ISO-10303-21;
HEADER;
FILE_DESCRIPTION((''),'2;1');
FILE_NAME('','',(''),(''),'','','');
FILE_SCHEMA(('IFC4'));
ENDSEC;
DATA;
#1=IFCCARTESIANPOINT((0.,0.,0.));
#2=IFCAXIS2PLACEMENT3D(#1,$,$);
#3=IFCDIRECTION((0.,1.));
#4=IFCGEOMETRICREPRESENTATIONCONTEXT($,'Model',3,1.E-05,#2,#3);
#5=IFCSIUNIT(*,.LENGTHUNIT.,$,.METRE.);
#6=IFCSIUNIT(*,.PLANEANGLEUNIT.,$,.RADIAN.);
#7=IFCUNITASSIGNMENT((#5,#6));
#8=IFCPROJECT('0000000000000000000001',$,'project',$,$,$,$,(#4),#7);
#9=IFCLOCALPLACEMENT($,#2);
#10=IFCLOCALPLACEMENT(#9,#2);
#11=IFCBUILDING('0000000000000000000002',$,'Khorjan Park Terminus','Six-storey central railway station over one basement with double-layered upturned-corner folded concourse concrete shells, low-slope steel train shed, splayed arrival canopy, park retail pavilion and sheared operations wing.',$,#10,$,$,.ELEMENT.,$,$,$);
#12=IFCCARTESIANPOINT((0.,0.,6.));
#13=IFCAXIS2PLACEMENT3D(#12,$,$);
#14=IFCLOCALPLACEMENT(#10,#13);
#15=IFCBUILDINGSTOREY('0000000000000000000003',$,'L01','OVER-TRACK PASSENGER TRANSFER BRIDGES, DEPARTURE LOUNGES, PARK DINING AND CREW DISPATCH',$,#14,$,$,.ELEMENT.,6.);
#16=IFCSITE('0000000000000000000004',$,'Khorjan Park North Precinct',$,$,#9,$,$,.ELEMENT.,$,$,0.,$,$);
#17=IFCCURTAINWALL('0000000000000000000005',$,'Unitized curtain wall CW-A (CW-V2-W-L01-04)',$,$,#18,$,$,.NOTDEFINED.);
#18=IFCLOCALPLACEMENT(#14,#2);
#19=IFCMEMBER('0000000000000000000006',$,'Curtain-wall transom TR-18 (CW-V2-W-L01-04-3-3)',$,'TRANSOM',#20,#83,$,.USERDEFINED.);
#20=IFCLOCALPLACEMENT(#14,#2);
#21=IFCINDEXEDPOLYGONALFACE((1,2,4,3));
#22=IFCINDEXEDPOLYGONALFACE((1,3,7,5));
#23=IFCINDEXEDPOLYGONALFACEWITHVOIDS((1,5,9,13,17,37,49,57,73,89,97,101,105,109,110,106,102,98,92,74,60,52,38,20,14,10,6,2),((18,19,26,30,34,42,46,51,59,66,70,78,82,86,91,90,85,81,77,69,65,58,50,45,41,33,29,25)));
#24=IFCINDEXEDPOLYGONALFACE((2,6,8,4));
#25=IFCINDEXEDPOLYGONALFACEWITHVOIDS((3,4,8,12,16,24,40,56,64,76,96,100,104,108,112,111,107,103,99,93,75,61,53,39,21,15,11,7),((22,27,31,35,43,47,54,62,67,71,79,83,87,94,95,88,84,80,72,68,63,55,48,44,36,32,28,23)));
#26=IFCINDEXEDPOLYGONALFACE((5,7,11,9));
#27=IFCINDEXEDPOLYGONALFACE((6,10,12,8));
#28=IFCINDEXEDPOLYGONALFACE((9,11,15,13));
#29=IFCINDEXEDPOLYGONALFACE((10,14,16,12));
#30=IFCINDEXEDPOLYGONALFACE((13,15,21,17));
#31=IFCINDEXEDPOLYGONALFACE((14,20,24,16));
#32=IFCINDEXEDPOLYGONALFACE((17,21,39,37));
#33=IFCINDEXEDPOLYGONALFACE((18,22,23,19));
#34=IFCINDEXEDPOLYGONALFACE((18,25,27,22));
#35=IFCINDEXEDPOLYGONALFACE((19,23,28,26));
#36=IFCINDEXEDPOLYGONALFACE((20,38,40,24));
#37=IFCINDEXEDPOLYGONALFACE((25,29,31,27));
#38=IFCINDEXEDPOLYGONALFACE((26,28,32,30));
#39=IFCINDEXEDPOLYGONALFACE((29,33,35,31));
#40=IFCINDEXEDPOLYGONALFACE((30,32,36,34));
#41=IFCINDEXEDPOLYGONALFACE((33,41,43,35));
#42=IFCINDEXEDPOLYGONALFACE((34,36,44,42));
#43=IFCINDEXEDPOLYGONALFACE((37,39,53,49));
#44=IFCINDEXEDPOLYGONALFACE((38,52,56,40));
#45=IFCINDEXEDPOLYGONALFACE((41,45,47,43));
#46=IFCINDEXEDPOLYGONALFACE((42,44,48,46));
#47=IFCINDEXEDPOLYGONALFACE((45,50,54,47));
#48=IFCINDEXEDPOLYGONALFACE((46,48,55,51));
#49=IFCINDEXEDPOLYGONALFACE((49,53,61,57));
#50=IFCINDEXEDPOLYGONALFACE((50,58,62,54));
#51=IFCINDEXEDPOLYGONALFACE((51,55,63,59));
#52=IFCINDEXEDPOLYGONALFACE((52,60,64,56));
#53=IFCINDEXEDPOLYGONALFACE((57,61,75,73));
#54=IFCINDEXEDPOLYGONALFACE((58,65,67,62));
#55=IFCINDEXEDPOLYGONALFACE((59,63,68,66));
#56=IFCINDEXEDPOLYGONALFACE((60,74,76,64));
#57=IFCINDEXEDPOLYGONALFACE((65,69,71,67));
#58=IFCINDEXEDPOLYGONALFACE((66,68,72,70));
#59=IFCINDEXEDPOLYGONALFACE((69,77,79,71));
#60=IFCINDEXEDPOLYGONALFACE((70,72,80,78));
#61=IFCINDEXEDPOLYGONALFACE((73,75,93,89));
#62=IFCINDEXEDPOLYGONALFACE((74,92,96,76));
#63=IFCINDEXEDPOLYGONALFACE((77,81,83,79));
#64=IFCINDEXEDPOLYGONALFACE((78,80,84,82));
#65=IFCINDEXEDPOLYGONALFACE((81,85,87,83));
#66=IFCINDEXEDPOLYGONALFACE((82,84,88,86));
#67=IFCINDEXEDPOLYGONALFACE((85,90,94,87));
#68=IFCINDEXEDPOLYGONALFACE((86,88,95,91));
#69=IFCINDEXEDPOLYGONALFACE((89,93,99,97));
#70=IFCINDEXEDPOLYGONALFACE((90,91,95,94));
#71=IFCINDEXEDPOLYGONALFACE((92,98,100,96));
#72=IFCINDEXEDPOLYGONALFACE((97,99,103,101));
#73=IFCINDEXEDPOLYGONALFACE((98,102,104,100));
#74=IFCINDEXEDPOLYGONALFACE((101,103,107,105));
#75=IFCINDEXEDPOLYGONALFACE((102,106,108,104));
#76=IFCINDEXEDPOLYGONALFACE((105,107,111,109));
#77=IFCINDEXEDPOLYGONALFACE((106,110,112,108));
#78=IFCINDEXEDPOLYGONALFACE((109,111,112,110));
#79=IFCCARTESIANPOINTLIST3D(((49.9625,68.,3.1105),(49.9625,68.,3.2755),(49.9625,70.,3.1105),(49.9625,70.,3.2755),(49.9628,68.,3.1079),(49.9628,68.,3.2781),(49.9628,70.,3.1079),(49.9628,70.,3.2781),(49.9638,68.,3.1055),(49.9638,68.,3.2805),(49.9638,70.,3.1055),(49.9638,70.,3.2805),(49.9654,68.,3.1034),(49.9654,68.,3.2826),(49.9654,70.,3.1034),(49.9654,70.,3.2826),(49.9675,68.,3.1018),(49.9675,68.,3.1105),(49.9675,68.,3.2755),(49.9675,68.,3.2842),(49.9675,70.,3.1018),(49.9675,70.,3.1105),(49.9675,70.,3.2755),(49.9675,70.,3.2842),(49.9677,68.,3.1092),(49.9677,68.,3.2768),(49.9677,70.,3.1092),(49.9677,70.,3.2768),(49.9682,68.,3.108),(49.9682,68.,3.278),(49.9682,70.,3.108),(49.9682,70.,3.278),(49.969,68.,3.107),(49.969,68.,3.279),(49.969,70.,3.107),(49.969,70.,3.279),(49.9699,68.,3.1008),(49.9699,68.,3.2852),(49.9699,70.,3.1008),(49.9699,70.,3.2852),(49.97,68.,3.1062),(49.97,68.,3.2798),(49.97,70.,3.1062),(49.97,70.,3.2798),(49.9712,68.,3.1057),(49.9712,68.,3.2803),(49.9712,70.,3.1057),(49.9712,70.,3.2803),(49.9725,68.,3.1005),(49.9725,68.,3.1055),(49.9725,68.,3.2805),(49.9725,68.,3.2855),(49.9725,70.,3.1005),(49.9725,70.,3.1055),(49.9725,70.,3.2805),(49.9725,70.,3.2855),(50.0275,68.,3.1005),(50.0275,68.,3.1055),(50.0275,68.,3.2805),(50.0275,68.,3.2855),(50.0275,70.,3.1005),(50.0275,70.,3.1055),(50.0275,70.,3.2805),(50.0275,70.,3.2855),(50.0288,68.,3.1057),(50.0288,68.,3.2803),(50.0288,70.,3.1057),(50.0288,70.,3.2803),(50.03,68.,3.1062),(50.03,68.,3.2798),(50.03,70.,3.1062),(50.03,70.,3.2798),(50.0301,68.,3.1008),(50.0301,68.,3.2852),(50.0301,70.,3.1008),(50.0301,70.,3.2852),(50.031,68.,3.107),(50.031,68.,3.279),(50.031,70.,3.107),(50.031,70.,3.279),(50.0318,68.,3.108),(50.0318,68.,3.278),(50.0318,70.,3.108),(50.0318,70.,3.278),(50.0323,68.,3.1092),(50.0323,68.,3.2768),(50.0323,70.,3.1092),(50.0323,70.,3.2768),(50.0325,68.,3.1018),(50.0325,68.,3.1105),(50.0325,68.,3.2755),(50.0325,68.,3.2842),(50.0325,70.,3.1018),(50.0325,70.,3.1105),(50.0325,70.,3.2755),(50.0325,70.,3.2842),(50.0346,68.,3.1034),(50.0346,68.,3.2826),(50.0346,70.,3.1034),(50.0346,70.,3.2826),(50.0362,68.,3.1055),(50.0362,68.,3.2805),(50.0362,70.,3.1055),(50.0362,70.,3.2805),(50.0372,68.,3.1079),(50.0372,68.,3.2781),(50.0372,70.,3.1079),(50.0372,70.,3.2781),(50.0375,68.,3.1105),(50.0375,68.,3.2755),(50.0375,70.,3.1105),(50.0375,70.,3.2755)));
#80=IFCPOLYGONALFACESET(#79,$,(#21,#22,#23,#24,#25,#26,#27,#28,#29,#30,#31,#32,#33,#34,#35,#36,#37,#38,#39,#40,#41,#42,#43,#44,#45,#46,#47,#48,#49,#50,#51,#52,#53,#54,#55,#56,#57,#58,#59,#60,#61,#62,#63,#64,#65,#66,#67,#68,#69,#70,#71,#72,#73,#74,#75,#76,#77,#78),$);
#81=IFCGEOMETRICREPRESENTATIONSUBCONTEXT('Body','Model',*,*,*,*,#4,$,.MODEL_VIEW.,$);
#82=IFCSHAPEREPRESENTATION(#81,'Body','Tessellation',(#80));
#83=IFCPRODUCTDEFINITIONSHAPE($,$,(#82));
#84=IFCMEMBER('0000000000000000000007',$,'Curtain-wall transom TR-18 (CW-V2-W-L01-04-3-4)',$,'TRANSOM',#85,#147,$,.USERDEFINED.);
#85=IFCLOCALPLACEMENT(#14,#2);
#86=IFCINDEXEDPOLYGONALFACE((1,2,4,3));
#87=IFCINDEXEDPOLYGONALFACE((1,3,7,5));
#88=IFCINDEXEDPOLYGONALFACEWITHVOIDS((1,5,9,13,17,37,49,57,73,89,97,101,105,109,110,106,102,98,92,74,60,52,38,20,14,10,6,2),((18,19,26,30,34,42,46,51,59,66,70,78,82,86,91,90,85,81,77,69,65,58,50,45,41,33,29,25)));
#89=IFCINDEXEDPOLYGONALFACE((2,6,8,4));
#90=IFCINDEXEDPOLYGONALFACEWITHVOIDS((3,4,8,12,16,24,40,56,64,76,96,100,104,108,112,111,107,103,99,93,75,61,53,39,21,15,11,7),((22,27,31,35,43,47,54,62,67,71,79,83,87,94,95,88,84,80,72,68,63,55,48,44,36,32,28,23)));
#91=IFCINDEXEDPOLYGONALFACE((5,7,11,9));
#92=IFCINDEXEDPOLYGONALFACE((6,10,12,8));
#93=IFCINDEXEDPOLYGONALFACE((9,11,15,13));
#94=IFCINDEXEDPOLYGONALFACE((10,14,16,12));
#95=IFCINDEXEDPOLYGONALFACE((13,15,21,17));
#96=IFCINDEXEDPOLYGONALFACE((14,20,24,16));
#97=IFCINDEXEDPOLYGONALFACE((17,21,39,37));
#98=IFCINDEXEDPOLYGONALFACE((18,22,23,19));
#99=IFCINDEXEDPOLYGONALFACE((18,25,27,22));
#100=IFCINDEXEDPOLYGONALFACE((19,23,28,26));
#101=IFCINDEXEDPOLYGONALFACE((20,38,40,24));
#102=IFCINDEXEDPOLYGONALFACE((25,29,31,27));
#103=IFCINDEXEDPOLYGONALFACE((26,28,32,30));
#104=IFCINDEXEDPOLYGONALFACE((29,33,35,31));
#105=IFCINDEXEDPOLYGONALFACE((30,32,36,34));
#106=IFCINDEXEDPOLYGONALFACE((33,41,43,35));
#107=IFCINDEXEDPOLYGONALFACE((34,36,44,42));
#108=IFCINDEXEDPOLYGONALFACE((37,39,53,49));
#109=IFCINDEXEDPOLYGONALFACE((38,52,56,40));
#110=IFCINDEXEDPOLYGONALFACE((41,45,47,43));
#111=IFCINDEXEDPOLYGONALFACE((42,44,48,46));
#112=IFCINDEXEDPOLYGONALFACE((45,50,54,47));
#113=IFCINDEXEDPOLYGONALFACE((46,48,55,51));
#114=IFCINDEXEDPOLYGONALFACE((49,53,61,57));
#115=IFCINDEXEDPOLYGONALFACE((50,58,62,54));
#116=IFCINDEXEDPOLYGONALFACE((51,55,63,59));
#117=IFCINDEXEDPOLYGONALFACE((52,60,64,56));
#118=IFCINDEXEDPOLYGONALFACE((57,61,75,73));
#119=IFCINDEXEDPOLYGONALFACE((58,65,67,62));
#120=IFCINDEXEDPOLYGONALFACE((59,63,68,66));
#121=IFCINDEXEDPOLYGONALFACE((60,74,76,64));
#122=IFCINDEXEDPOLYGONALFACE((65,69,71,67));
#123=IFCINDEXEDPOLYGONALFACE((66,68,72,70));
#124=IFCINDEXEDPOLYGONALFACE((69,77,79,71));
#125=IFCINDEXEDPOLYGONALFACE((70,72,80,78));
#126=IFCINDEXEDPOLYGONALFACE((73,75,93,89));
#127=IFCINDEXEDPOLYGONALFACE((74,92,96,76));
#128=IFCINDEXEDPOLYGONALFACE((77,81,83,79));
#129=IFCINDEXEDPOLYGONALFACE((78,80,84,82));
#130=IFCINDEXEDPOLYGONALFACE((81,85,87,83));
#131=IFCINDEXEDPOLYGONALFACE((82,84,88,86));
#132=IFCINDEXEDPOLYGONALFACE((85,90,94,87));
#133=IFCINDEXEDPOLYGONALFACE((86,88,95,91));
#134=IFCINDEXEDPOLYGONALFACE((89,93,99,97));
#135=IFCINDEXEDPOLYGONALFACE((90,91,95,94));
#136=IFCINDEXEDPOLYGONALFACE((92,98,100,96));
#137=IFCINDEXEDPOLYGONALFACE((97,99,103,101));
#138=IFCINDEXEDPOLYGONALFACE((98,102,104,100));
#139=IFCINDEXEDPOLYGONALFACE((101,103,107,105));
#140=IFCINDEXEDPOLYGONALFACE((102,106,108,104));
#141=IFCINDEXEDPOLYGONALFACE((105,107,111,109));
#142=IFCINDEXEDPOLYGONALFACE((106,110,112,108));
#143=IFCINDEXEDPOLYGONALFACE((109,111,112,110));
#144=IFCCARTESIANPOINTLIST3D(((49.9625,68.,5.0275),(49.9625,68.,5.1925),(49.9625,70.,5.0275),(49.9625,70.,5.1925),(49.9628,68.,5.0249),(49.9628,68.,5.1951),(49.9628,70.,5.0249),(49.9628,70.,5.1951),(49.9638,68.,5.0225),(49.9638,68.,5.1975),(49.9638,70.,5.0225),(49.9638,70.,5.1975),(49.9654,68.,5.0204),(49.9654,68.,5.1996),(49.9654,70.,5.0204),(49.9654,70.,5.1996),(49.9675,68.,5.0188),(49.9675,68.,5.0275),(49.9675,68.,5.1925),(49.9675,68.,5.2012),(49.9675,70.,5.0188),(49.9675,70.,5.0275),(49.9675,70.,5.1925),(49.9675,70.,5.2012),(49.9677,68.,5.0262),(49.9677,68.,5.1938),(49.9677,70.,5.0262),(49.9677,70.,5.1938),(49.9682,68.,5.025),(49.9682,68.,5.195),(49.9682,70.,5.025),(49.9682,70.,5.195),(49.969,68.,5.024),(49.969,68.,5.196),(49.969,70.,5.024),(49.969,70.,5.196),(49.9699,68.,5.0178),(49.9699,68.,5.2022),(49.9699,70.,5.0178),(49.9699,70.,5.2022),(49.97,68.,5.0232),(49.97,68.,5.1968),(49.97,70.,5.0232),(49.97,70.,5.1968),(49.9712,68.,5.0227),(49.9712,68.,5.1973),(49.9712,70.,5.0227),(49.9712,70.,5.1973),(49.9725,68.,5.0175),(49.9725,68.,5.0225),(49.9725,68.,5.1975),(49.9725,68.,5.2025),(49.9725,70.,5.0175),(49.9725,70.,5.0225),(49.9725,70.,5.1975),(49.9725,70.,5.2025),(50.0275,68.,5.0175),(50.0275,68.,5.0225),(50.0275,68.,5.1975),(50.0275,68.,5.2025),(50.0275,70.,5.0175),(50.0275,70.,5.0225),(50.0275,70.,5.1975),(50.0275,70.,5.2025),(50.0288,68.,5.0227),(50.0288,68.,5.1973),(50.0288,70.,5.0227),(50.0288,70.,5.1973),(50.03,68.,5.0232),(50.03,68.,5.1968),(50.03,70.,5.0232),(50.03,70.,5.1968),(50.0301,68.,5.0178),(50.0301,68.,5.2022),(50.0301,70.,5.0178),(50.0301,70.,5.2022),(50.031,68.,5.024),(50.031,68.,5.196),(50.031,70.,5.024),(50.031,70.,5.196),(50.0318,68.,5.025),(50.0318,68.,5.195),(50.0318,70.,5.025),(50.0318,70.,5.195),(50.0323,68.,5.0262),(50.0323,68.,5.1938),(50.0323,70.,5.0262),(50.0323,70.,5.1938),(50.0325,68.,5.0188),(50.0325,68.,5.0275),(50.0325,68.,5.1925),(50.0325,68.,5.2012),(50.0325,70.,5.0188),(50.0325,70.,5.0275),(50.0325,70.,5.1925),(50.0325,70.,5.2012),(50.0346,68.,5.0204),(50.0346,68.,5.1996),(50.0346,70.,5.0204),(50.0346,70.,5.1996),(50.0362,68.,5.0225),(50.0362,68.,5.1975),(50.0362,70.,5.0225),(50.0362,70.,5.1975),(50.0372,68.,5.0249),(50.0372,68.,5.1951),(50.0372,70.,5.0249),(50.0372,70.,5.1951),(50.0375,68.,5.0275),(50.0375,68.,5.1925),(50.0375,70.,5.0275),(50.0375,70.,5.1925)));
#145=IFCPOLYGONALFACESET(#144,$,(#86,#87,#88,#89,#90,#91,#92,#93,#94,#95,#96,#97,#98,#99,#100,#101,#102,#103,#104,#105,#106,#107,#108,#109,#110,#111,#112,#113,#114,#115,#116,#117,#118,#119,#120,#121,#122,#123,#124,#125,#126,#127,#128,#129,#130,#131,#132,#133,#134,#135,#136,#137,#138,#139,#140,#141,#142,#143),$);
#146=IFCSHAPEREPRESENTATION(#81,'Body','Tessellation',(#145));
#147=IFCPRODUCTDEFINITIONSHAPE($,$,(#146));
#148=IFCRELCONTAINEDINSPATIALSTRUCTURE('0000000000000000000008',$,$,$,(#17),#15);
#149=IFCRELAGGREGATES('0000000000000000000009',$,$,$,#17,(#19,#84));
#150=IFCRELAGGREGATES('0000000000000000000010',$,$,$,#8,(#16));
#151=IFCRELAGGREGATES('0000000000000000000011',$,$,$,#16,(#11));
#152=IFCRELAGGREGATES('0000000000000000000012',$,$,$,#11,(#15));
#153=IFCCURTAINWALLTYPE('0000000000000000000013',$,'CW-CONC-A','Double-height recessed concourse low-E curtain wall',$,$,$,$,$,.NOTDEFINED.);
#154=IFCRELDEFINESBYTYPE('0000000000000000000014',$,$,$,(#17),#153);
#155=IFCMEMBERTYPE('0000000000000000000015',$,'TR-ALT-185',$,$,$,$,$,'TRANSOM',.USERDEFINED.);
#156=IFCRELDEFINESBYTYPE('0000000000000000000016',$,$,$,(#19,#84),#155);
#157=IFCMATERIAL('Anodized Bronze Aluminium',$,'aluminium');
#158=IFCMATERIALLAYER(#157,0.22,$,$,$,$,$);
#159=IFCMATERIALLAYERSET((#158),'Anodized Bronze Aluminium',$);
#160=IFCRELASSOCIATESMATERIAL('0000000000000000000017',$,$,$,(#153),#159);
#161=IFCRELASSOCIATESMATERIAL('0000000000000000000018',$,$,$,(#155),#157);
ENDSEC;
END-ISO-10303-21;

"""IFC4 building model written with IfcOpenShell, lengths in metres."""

from ifc_helpers import new_model, si_unit, direction, frame, origin, origin_2d, place, context, subcontext, project, spatial, hollow_rectangle, extrude, material, layer, layer_set, material_profile, profile_set, type_object, element, aggregate, save


model = new_model("IFC4")

# Units and contexts
model_context = context("Model", 3, precision=1e-05, world=origin(), true_north=direction((0.0, 1.0)))
body_context = subcontext(model_context, "Body", "Model", "MODEL_VIEW")
ifc_project = project(units=[si_unit("LENGTHUNIT", "METRE"), si_unit("PLANEANGLEUNIT", "RADIAN")], contexts=[model_context])

# Site, building, storey
site_placement = place(None, origin())
site = spatial("IfcSite", under=ifc_project, at=site_placement, Name="Khorjan Park North Precinct", CompositionType="ELEMENT", RefElevation=0.0)
building_placement = place(site_placement, origin())
building = spatial("IfcBuilding", under=site, at=building_placement, Name="Khorjan Park Terminus", Description="Six-storey central railway station over one basement with double-layered upturned-corner folded concourse concrete shells, low-slope steel train shed, splayed arrival canopy, park retail pavilion and sheared operations wing.", CompositionType="ELEMENT")
storey_placement = place(building_placement, frame((0.0, 0.0, 6.0)))
storey = spatial("IfcBuildingStorey", under=building, at=storey_placement, Name="L01", Description="OVER-TRACK PASSENGER TRANSFER BRIDGES, DEPARTURE LOUNGES, PARK DINING AND CREW DISPATCH", CompositionType="ELEMENT", Elevation=6.0)

# Curtain wall, members
ifc_material_1 = material(Name="Anodized Bronze Aluminium", Category="aluminium")
ifc_layer_1 = layer(ifc_material_1, 0.22)
ifc_layer_set_1 = layer_set([ifc_layer_1], Name="Anodized Bronze Aluminium")
curtain_wall_type = type_object("IfcCurtainWallType", Name="CW-CONC-A", Description="Double-height recessed concourse low-E curtain wall", PredefinedType="NOTDEFINED", material=ifc_layer_set_1)
curtain_wall_placement = place(storey_placement, origin())
curtain_wall = element("IfcCurtainWall", 1, at=curtain_wall_placement, inside=storey, type_object=curtain_wall_type, Name="Unitized curtain wall CW-A (CW-V2-W-L01-04)", PredefinedType="NOTDEFINED")
ifc_material_profile_1 = material_profile(ifc_material_1, hollow_rectangle(XDim=0.075, YDim=0.185, WallThickness=0.005, InnerFilletRadius=0.005, OuterFilletRadius=0.01, at=origin_2d()), Name="ALT 75x185x5")
ifc_profile_set_1 = profile_set([ifc_material_profile_1], Name="Anodized Bronze Aluminium")
member_type_1 = type_object("IfcMemberType", Name="TR-ALT-185", ElementType="TRANSOM", PredefinedType="USERDEFINED", material=ifc_profile_set_1)
member_1_placement = place(storey_placement, frame((50.0, 70.0, 3.193), z_axis=(0.0, -1.0, 0.0), x_axis=(1.0, 0.0, 0.0)))
member_1 = element("IfcMember", 2, at=member_1_placement, type_object=member_type_1, Name="Curtain-wall transom TR-18 (CW-V2-W-L01-04-3-3)", ObjectType="TRANSOM", PredefinedType="USERDEFINED", context=body_context, shape_type="SweptSolid", body=[
    extrude(hollow_rectangle(XDim=0.075, YDim=0.185, WallThickness=0.005, InnerFilletRadius=0.005, OuterFilletRadius=0.01, at=origin_2d()), origin(), (0.0, 0.0, 1.0), 2.0),
])
member_2_placement = place(storey_placement, frame((50.0, 70.0, 5.11), z_axis=(0.0, -1.0, 0.0), x_axis=(1.0, 0.0, 0.0)))
member_2 = element("IfcMember", 3, at=member_2_placement, type_object=member_type_1, Name="Curtain-wall transom TR-18 (CW-V2-W-L01-04-3-4)", ObjectType="TRANSOM", PredefinedType="USERDEFINED", context=body_context, shape_type="SweptSolid", body=[
    extrude(hollow_rectangle(XDim=0.075, YDim=0.185, WallThickness=0.005, InnerFilletRadius=0.005, OuterFilletRadius=0.01, at=origin_2d()), origin(), (0.0, 0.0, 1.0), 2.0),
])
aggregate(curtain_wall, [member_1, member_2])

save(model, "model.ifc")
